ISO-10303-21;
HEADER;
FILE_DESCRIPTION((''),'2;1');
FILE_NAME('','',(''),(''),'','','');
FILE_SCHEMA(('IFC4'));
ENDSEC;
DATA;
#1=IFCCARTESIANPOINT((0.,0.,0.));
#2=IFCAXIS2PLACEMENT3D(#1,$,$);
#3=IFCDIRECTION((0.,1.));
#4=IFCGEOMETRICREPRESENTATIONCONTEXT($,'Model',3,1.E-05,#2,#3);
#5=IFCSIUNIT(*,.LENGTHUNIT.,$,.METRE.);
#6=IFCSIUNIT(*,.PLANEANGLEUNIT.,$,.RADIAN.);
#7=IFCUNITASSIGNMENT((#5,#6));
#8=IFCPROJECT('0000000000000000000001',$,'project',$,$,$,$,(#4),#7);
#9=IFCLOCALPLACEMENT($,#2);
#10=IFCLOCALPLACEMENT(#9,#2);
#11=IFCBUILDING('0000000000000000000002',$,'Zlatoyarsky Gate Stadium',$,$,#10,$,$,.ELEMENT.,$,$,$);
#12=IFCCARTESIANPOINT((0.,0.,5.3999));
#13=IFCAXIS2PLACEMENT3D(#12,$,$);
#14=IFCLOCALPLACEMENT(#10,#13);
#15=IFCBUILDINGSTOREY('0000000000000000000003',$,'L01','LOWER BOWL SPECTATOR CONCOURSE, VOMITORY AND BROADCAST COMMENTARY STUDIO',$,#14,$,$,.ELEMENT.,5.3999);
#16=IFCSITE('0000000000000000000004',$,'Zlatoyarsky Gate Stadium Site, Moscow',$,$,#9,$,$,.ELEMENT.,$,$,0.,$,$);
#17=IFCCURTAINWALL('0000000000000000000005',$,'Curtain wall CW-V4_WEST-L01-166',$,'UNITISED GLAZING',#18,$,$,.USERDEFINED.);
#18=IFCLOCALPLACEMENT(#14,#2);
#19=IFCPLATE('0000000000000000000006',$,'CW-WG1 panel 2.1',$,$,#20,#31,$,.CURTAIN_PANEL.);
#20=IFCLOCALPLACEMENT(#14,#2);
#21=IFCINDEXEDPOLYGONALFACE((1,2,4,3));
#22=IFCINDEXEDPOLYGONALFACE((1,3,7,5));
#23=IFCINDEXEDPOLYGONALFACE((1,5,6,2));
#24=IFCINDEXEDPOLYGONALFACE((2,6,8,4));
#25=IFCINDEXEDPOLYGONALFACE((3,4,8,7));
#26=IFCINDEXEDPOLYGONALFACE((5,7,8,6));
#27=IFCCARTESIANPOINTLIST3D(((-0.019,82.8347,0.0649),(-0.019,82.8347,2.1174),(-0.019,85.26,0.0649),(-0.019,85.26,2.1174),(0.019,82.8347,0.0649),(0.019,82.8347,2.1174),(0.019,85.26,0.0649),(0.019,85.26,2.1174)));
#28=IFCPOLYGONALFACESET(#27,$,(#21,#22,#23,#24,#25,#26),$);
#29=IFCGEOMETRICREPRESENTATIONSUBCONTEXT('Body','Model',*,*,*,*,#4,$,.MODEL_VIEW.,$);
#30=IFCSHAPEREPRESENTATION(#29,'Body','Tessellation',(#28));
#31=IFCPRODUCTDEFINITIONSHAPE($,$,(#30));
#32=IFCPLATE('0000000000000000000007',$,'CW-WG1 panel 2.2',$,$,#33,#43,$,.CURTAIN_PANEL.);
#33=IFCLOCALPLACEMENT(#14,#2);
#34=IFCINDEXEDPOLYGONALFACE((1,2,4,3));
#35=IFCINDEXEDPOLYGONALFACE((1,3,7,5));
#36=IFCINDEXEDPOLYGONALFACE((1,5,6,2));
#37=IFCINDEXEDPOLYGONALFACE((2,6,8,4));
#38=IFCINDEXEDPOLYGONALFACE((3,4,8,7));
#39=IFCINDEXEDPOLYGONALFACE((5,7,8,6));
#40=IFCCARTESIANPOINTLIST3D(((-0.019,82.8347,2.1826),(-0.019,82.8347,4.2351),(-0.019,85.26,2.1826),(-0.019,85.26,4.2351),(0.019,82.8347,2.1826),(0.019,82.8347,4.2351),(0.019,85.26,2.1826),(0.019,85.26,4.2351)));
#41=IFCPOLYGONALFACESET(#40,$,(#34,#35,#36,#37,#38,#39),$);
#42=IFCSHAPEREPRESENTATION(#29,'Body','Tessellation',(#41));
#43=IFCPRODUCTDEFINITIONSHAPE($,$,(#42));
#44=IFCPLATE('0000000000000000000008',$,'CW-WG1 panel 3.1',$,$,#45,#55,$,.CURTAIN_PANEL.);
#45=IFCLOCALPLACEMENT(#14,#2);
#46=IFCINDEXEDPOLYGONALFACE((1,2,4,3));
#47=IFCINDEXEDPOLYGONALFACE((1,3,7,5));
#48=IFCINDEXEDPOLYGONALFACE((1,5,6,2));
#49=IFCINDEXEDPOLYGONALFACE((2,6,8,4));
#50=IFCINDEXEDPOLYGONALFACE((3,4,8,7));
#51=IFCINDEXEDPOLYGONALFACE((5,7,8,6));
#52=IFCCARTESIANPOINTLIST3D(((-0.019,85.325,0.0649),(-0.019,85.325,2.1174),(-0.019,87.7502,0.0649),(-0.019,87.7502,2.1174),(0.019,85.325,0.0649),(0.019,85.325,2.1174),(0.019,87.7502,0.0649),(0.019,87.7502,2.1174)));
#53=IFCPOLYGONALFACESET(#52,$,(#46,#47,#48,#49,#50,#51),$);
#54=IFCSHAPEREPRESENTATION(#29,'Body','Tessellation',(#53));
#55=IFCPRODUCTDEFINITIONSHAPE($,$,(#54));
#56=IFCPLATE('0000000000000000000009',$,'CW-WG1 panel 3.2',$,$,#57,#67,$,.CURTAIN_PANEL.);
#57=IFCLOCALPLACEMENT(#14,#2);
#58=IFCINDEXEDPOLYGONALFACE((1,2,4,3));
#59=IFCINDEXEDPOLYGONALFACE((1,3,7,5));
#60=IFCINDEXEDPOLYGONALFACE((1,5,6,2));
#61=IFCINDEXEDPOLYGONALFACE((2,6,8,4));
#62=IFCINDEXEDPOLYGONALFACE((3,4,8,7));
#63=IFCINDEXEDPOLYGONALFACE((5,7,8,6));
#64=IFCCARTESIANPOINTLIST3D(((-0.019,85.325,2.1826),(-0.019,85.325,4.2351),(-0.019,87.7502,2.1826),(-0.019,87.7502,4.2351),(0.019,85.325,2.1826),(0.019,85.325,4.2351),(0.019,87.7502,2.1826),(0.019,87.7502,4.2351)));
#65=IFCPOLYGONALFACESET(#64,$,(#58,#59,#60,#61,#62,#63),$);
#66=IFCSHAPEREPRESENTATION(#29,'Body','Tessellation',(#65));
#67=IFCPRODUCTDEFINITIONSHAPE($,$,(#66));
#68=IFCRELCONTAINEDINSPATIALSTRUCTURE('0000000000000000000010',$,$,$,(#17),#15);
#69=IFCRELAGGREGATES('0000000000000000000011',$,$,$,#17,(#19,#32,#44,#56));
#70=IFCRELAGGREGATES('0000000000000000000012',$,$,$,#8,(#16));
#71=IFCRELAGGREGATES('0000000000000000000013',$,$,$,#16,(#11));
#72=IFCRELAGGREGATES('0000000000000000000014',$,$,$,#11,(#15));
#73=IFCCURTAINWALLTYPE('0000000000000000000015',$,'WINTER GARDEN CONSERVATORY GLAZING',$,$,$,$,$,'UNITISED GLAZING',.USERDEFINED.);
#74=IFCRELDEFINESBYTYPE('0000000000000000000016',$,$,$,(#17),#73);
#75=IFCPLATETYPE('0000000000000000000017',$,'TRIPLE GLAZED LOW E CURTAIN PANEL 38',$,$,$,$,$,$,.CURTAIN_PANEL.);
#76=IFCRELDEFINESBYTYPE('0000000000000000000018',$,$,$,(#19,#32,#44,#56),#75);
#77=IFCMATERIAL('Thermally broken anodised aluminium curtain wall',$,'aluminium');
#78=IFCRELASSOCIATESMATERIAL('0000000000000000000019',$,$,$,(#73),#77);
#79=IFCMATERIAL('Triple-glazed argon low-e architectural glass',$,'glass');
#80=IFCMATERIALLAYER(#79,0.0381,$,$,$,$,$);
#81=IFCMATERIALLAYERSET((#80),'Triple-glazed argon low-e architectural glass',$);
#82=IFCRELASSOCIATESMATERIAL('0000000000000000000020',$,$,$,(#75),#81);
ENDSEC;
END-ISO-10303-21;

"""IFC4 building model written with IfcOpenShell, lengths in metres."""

from ifc_helpers import new_model, si_unit, direction, frame, origin, origin_2d, place, context, subcontext, project, spatial, rectangle, extrude, material, layer, layer_set, type_object, element, aggregate, save


model = new_model("IFC4")

# Units and contexts
model_context = context("Model", 3, precision=1e-05, world=origin(), true_north=direction((0.0, 1.0)))
body_context = subcontext(model_context, "Body", "Model", "MODEL_VIEW")
ifc_project = project(units=[si_unit("LENGTHUNIT", "METRE"), si_unit("PLANEANGLEUNIT", "RADIAN")], contexts=[model_context])

# Site, building, storey
site_placement = place(None, origin())
site = spatial("IfcSite", under=ifc_project, at=site_placement, Name="Zlatoyarsky Gate Stadium Site, Moscow", CompositionType="ELEMENT", RefElevation=0.0)
building_placement = place(site_placement, origin())
building = spatial("IfcBuilding", under=site, at=building_placement, Name="Zlatoyarsky Gate Stadium", CompositionType="ELEMENT")
storey_placement = place(building_placement, frame((0.0, 0.0, 5.3999)))
storey = spatial("IfcBuildingStorey", under=building, at=storey_placement, Name="L01", Description="LOWER BOWL SPECTATOR CONCOURSE, VOMITORY AND BROADCAST COMMENTARY STUDIO", CompositionType="ELEMENT", Elevation=5.3999)

# Curtain wall
ifc_material_1 = material(Name="Thermally broken anodised aluminium curtain wall", Category="aluminium")
curtain_wall_type_1 = type_object("IfcCurtainWallType", Name="WINTER GARDEN CONSERVATORY GLAZING", ElementType="UNITISED GLAZING", PredefinedType="USERDEFINED", material=ifc_material_1)
curtain_wall_1_placement = place(storey_placement, origin())
curtain_wall_1 = element("IfcCurtainWall", 1, at=curtain_wall_1_placement, inside=storey, type_object=curtain_wall_type_1, Name="Curtain wall CW-V4_WEST-L01-166", ObjectType="UNITISED GLAZING", PredefinedType="USERDEFINED")

# Plates
ifc_material_2 = material(Name="Triple-glazed argon low-e architectural glass", Category="glass")
ifc_layer_1 = layer(ifc_material_2, 0.0381)
ifc_layer_set_1 = layer_set([ifc_layer_1], Name="Triple-glazed argon low-e architectural glass")
plate_type_1 = type_object("IfcPlateType", Name="TRIPLE GLAZED LOW E CURTAIN PANEL 38", PredefinedType="CURTAIN_PANEL", material=ifc_layer_set_1)
plate_1_placement = place(storey_placement, frame((0.0, 84.0474, 0.0649), z_axis=(0.0, 0.0, 1.0), x_axis=(0.0, 1.0, 0.0)))
plate_1 = element("IfcPlate", 2, at=plate_1_placement, type_object=plate_type_1, Name="CW-WG1 panel 2.1", PredefinedType="CURTAIN_PANEL", context=body_context, shape_type="SweptSolid", body=[
    extrude(rectangle(XDim=2.4253, YDim=0.0381, at=origin_2d()), origin(), (0.0, 0.0, 1.0), 2.0525),
])
plate_2_placement = place(storey_placement, frame((0.0, 84.0474, 2.1826), z_axis=(0.0, 0.0, 1.0), x_axis=(0.0, 1.0, 0.0)))
plate_2 = element("IfcPlate", 3, at=plate_2_placement, type_object=plate_type_1, Name="CW-WG1 panel 2.2", PredefinedType="CURTAIN_PANEL", context=body_context, shape_type="SweptSolid", body=[
    extrude(rectangle(XDim=2.4253, YDim=0.0381, at=origin_2d()), origin(), (0.0, 0.0, 1.0), 2.0525),
])
plate_3_placement = place(storey_placement, frame((0.0, 86.5376, 0.0649), z_axis=(0.0, 0.0, 1.0), x_axis=(0.0, 1.0, 0.0)))
plate_3 = element("IfcPlate", 4, at=plate_3_placement, type_object=plate_type_1, Name="CW-WG1 panel 3.1", PredefinedType="CURTAIN_PANEL", context=body_context, shape_type="SweptSolid", body=[
    extrude(rectangle(XDim=2.4253, YDim=0.0381, at=origin_2d()), origin(), (0.0, 0.0, 1.0), 2.0525),
])
plate_4_placement = place(storey_placement, frame((0.0, 86.5376, 2.1826), z_axis=(0.0, 0.0, 1.0), x_axis=(0.0, 1.0, 0.0)))
plate_4 = element("IfcPlate", 5, at=plate_4_placement, type_object=plate_type_1, Name="CW-WG1 panel 3.2", PredefinedType="CURTAIN_PANEL", context=body_context, shape_type="SweptSolid", body=[
    extrude(rectangle(XDim=2.4253, YDim=0.0381, at=origin_2d()), origin(), (0.0, 0.0, 1.0), 2.0525),
])
aggregate(curtain_wall_1, [plate_1, plate_2, plate_3, plate_4])

save(model, "model.ifc")
